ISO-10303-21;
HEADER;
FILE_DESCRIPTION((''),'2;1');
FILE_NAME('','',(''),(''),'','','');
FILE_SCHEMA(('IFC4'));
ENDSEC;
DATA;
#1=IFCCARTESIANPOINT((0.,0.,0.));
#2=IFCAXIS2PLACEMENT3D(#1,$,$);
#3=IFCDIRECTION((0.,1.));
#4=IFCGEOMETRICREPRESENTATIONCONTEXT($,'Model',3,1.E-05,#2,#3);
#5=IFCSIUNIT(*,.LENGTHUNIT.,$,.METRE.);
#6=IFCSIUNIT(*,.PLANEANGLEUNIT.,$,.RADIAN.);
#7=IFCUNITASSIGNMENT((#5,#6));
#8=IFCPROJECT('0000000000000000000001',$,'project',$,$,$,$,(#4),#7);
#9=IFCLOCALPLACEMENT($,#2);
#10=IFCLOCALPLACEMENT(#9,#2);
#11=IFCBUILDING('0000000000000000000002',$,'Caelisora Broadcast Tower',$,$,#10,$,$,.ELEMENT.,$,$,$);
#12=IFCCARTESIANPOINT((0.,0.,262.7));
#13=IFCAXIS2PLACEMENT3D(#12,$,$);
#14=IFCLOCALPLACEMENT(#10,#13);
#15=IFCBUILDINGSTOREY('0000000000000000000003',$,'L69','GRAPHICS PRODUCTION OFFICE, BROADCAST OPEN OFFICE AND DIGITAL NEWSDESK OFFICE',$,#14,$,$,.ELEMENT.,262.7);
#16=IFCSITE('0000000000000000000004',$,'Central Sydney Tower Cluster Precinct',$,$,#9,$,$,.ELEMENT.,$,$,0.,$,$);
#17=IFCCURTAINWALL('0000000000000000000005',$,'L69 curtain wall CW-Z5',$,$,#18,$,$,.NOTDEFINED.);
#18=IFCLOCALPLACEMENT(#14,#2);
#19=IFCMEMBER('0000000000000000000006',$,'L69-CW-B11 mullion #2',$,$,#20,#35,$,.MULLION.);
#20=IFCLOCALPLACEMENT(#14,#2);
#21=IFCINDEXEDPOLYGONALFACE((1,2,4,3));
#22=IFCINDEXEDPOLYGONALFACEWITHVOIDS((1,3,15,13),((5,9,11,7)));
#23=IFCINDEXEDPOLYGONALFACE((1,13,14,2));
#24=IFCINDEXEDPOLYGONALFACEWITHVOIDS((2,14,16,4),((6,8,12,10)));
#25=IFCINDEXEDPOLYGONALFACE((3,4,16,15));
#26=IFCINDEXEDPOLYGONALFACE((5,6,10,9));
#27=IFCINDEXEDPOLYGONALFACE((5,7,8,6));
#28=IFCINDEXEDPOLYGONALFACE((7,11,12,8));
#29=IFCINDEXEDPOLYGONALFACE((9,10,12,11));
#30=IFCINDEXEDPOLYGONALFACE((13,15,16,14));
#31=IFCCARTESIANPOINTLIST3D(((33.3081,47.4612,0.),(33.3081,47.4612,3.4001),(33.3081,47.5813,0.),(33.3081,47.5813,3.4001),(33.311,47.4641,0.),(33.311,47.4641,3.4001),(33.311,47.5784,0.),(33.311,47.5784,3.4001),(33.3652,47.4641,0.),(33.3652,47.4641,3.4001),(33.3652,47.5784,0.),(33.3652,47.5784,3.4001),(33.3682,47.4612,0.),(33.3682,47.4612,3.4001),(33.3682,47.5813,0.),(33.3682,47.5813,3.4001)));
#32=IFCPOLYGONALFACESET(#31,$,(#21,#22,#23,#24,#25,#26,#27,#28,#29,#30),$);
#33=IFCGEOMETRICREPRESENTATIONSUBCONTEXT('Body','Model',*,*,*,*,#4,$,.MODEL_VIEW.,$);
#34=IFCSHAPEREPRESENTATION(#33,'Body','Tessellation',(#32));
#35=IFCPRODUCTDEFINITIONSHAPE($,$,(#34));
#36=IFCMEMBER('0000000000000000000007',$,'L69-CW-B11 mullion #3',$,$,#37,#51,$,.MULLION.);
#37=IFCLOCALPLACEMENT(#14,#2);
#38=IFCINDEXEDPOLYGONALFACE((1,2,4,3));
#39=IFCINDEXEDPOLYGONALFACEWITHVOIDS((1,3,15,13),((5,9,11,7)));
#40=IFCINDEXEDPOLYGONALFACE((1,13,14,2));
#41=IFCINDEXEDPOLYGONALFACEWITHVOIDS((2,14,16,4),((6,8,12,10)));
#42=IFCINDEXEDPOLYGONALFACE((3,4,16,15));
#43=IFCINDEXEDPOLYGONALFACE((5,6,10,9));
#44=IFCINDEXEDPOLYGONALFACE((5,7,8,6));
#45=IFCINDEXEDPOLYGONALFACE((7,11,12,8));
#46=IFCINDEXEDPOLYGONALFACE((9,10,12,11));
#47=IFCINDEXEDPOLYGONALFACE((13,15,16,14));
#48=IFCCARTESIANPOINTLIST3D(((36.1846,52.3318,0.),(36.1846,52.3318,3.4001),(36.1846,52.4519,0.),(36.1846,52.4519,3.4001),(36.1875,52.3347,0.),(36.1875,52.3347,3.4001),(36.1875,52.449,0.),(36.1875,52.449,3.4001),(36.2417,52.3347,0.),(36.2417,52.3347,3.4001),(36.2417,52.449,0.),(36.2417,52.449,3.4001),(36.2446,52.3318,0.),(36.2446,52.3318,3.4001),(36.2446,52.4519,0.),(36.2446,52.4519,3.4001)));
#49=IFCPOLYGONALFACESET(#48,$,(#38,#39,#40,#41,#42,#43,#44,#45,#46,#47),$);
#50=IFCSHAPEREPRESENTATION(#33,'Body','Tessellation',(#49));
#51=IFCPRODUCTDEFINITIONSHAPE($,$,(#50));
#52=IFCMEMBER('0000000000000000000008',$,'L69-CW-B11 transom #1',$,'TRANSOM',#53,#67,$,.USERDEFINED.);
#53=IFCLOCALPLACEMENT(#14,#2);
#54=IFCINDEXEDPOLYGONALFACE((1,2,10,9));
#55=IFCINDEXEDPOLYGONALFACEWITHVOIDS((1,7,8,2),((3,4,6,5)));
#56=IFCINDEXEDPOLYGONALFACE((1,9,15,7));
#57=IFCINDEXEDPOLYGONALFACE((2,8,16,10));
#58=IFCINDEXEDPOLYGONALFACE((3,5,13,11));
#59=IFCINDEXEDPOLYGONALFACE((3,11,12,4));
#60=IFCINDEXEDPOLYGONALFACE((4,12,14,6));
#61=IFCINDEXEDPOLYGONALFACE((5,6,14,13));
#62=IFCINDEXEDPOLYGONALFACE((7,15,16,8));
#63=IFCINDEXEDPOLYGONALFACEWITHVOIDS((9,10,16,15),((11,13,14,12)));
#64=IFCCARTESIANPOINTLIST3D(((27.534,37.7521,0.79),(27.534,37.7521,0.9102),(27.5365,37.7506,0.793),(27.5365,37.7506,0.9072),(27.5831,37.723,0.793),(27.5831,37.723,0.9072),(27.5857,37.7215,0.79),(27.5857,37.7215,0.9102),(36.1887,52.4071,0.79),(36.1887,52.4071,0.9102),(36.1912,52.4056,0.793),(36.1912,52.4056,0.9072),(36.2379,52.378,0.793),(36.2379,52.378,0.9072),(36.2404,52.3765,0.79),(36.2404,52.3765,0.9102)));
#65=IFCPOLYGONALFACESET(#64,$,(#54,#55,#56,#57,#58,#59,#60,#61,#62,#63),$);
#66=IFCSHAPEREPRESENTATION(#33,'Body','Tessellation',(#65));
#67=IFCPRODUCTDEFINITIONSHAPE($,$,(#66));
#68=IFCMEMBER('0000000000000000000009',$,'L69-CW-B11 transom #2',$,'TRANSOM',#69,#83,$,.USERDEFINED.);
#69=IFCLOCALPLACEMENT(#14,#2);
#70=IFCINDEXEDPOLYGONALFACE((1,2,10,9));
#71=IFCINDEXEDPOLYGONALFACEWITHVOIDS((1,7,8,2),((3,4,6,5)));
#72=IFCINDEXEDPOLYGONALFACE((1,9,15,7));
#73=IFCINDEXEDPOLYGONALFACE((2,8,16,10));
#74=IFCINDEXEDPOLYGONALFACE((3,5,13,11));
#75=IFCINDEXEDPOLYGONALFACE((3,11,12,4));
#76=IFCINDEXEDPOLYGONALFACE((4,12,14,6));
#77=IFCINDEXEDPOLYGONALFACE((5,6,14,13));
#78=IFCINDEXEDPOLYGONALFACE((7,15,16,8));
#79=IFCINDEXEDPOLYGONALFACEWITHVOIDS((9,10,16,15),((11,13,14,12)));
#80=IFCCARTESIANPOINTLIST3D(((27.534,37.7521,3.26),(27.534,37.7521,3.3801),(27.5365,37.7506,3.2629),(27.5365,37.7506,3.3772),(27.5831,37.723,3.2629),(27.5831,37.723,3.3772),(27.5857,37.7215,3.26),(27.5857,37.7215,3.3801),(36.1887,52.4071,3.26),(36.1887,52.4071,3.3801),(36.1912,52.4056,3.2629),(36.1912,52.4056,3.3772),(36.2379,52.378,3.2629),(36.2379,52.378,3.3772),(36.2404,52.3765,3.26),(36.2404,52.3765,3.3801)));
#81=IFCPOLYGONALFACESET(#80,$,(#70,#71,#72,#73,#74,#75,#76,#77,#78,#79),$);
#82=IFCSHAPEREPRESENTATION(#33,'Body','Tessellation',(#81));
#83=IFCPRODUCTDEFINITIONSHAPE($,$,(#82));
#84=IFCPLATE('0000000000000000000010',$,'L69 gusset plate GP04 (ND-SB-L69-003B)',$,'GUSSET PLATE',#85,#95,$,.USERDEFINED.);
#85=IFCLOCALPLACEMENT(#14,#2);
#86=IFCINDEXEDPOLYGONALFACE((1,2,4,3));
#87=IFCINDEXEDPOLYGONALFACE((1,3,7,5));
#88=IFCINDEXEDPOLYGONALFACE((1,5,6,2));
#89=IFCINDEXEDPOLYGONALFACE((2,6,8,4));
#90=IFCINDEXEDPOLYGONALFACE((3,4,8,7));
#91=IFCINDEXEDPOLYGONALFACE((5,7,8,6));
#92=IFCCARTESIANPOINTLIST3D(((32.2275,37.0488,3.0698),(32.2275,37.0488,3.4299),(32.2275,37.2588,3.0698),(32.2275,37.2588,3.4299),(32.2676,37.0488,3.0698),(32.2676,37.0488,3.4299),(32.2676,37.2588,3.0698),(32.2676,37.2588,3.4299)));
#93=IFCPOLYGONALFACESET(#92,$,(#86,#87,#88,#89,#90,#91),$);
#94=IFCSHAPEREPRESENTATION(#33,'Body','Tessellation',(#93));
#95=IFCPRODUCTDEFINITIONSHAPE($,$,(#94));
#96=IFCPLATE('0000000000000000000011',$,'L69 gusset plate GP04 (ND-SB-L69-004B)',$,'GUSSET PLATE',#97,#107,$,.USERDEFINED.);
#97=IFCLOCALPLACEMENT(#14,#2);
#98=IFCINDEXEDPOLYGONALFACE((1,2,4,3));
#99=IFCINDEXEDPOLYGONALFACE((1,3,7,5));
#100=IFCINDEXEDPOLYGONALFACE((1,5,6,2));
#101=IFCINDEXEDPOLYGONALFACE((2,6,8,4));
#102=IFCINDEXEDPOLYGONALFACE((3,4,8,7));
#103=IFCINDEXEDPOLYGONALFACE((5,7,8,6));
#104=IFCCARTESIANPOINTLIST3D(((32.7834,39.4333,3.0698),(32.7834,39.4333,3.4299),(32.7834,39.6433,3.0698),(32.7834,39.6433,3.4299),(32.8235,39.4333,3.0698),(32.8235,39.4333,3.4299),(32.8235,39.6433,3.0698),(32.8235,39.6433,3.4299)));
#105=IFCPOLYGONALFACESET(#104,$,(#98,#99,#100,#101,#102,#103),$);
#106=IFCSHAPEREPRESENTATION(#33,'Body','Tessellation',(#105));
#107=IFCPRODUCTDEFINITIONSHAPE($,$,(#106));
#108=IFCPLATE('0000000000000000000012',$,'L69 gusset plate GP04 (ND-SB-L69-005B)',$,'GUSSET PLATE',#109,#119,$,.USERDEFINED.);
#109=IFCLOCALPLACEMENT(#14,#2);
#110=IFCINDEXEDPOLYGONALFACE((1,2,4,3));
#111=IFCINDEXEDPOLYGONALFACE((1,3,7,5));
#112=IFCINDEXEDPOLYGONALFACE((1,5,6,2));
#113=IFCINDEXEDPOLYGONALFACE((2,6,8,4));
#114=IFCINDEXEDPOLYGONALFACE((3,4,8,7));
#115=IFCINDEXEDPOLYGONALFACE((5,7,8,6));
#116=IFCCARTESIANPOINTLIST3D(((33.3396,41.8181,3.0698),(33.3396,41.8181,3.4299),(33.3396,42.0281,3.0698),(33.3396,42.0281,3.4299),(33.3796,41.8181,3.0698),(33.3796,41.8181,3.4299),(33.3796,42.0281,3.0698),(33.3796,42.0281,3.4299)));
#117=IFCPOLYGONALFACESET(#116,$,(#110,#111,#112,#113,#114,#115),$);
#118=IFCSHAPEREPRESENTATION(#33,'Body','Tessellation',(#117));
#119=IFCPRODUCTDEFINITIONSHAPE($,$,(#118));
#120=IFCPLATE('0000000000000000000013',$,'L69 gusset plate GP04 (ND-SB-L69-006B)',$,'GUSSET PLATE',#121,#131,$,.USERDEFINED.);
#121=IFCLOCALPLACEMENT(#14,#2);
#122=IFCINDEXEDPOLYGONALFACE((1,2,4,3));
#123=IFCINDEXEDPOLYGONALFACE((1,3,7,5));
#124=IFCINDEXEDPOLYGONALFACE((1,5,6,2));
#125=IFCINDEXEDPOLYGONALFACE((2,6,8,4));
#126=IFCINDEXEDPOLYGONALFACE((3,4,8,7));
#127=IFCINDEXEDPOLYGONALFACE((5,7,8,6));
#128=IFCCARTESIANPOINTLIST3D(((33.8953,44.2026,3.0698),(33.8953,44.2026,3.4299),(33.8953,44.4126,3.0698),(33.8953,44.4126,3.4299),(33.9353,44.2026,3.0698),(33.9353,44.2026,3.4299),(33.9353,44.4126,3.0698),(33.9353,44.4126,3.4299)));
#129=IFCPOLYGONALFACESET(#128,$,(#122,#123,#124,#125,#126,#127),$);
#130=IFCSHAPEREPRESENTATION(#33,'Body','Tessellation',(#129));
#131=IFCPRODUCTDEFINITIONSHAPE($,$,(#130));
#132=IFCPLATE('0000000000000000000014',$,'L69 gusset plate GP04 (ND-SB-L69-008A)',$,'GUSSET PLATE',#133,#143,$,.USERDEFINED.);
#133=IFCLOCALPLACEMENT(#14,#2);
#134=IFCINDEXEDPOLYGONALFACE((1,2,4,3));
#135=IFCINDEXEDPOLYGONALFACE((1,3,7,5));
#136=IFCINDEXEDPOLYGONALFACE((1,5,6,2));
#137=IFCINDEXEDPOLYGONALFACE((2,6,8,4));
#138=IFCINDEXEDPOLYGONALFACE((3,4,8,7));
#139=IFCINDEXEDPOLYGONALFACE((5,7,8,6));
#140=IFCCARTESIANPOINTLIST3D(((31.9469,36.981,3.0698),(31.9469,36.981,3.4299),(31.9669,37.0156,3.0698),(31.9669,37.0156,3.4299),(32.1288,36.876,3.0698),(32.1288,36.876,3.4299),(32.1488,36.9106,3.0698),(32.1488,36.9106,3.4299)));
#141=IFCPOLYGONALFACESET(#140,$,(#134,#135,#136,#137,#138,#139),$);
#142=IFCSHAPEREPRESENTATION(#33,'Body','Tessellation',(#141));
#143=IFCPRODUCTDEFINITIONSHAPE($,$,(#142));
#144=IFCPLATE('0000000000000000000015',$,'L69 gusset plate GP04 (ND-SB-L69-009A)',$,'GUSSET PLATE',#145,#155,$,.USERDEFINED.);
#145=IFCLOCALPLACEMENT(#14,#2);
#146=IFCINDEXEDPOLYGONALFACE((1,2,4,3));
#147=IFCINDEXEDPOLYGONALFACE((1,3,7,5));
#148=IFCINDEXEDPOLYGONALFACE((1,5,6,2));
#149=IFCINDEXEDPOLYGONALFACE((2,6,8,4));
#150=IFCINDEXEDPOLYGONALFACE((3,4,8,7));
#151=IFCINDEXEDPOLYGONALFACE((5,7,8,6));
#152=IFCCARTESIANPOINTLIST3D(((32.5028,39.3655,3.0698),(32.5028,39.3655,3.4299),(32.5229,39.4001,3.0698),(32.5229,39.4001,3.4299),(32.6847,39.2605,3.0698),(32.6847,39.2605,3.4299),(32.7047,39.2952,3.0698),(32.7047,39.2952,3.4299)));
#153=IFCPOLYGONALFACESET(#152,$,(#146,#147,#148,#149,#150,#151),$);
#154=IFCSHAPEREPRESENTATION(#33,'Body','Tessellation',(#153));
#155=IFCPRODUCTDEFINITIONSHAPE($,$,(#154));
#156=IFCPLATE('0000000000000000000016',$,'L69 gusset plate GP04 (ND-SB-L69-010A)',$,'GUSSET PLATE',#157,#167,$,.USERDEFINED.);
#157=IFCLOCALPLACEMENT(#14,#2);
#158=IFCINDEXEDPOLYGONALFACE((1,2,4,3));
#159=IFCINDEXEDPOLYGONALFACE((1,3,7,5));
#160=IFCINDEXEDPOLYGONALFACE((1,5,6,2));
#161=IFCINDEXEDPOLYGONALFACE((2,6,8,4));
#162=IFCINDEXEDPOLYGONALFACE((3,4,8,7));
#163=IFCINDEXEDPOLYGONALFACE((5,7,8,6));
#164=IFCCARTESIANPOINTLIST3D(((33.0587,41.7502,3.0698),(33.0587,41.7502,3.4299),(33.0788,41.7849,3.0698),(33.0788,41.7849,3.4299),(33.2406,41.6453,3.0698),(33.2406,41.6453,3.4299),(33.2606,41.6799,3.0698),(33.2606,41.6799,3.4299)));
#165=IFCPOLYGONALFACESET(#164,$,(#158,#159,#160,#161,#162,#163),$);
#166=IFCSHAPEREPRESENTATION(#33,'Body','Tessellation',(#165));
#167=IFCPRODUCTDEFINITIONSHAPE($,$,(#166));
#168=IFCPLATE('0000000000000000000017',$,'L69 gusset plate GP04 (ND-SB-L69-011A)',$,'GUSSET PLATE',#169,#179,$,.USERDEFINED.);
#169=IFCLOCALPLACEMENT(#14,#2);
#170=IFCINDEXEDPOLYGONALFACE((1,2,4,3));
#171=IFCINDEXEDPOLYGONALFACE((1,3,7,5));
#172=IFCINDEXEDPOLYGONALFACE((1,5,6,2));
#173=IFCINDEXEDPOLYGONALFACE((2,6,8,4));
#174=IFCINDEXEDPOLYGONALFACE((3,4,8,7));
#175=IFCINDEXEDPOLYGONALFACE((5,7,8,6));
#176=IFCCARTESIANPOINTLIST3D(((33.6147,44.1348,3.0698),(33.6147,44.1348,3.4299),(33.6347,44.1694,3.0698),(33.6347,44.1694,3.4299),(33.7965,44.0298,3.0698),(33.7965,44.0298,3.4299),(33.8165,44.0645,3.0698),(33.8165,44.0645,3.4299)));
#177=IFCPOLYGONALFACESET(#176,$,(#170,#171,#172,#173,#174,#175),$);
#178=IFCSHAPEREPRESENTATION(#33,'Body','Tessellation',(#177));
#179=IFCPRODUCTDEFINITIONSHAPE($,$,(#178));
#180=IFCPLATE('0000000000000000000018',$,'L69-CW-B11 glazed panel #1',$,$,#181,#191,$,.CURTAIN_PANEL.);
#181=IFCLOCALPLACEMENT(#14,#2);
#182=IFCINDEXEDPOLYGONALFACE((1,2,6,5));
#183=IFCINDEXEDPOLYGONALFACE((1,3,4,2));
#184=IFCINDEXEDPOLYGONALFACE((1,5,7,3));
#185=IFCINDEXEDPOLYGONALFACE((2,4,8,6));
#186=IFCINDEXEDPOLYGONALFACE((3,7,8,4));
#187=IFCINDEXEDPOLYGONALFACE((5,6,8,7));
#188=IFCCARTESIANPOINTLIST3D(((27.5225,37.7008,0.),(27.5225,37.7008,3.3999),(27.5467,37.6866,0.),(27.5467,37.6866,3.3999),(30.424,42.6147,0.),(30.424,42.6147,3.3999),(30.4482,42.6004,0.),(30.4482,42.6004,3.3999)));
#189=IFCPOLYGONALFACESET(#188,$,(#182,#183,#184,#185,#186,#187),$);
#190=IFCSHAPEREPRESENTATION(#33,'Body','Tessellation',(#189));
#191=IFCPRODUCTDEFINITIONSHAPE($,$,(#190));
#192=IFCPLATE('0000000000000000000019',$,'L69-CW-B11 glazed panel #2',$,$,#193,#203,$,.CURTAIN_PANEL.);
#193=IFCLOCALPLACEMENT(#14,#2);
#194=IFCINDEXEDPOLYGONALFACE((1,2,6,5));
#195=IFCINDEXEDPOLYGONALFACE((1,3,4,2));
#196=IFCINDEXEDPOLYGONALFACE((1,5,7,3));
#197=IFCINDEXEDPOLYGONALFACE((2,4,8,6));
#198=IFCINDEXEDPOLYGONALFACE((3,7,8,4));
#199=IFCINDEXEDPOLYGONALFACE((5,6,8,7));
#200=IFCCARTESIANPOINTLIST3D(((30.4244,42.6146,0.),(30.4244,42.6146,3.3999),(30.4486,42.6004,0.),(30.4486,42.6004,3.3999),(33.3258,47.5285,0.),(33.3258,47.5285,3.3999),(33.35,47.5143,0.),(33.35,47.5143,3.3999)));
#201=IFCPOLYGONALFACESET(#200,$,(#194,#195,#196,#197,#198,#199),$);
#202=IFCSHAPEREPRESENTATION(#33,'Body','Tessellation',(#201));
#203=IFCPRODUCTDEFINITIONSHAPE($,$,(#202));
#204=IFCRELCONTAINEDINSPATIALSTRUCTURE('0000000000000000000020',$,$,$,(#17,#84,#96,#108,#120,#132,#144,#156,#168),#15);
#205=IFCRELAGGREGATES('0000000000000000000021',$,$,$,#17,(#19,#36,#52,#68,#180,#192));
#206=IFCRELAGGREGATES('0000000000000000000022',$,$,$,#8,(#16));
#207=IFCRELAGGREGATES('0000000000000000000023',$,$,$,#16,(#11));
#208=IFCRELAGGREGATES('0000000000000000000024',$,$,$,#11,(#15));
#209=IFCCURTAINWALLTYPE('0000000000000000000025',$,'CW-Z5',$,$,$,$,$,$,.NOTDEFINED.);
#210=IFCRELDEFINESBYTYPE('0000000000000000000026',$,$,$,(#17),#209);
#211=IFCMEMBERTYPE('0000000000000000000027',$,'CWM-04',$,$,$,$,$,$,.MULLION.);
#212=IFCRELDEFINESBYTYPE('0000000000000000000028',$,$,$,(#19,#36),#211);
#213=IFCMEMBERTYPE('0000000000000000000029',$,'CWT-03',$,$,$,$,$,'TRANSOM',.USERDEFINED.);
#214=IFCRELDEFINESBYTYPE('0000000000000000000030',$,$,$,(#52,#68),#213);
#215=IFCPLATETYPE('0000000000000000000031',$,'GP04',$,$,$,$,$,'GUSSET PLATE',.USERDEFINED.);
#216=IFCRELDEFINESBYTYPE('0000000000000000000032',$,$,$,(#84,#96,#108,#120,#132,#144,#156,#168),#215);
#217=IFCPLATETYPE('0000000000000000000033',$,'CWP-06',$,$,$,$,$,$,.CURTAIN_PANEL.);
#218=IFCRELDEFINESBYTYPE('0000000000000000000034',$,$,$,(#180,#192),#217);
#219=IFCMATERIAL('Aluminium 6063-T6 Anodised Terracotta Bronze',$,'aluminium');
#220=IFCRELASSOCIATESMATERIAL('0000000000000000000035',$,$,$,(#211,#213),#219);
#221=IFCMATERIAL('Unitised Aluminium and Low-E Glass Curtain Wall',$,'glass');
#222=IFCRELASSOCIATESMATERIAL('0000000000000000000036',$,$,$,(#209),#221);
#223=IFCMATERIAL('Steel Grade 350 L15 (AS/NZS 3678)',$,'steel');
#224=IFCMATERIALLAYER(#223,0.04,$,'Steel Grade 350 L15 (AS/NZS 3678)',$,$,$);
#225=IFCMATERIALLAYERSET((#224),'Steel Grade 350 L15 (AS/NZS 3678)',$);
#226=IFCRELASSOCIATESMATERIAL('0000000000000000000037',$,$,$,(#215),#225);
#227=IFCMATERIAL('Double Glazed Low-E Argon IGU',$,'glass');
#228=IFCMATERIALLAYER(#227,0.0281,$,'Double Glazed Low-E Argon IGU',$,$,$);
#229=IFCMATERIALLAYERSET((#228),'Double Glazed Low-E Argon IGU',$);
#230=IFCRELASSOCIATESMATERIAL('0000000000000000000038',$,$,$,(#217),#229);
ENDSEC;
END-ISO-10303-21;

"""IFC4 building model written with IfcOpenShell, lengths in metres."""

from ifc_helpers import new_model, si_unit, direction, frame, origin, origin_2d, place, context, subcontext, project, spatial, rectangle, hollow_rectangle, extrude, source, transform, mapped, material, layer, layer_set, material_profile, profile_set, type_object, type_shapes, element, aggregate, save


model = new_model("IFC4")

# Units and contexts
model_context = context("Model", 3, precision=1e-05, world=origin(), true_north=direction((0.0, 1.0)))
body_context = subcontext(model_context, "Body", "Model", "MODEL_VIEW")
ifc_project = project(units=[si_unit("LENGTHUNIT", "METRE"), si_unit("PLANEANGLEUNIT", "RADIAN")], contexts=[model_context])

# Site, building, storey
site_placement = place(None, origin())
site = spatial("IfcSite", under=ifc_project, at=site_placement, Name="Central Sydney Tower Cluster Precinct", CompositionType="ELEMENT", RefElevation=0.0)
building_placement = place(site_placement, origin())
building = spatial("IfcBuilding", under=site, at=building_placement, Name="Caelisora Broadcast Tower", CompositionType="ELEMENT")
storey_placement = place(building_placement, frame((0.0, 0.0, 262.7)))
storey = spatial("IfcBuildingStorey", under=building, at=storey_placement, Name="L69", Description="GRAPHICS PRODUCTION OFFICE, BROADCAST OPEN OFFICE AND DIGITAL NEWSDESK OFFICE", CompositionType="ELEMENT", Elevation=262.7)

# Shared definitions
ifc_material_1 = material(Name="Steel Grade 350 L15 (AS/NZS 3678)", Category="steel")

# Shared definitions
ifc_material_2 = material(Name="Aluminium 6063-T6 Anodised Terracotta Bronze", Category="aluminium")
ifc_material_profile_1 = material_profile(ifc_material_2, hollow_rectangle(XDim=0.0601, YDim=0.1201, WallThickness=0.0029, at=origin_2d()), Name="Aluminium 6063-T6 Anodised Terracotta Bronze")
ifc_profile_set_1 = profile_set([ifc_material_profile_1], Name="Aluminium 6063-T6 Anodised Terracotta Bronze")
member_type_1 = type_object("IfcMemberType", Name="CWM-04", PredefinedType="MULLION", material=ifc_profile_set_1)
shared_shape_1 = source(origin(), body_context, "Body", "SweptSolid", [
    extrude(hollow_rectangle(XDim=0.0601, YDim=0.1201, WallThickness=0.0029, at=origin_2d()), origin(), (0.0, 0.0, 1.0), 3.4001),
])
type_shapes(member_type_1, [shared_shape_1])

# Curtain wall, members
ifc_material_3 = material(Name="Unitised Aluminium and Low-E Glass Curtain Wall", Category="glass")
curtain_wall_type_1 = type_object("IfcCurtainWallType", Name="CW-Z5", PredefinedType="NOTDEFINED", material=ifc_material_3)
curtain_wall_1_placement = place(storey_placement, origin())
curtain_wall_1 = element("IfcCurtainWall", 1, at=curtain_wall_1_placement, inside=storey, type_object=curtain_wall_type_1, Name="L69 curtain wall CW-Z5", PredefinedType="NOTDEFINED")
member_1_placement = place(storey_placement, frame((33.3381, 47.5212, 0.0), z_axis=(0.0, 0.0, 1.0), x_axis=(1.0, 0.0, 0.0)))
member_1 = element("IfcMember", 2, at=member_1_placement, type_object=member_type_1, Name="L69-CW-B11 mullion #2", PredefinedType="MULLION", context=body_context, shape_type="MappedRepresentation", body=[
    mapped(shared_shape_1, transform((0.0, 0.0, 0.0), scale=1.0)),
])
member_2_placement = place(storey_placement, frame((36.2146, 52.3918, 0.0), z_axis=(0.0, 0.0, 1.0), x_axis=(1.0, 0.0, 0.0)))
member_2 = element("IfcMember", 3, at=member_2_placement, type_object=member_type_1, Name="L69-CW-B11 mullion #3", PredefinedType="MULLION", context=body_context, shape_type="MappedRepresentation", body=[
    mapped(shared_shape_1, transform((0.0, 0.0, 0.0), scale=1.0)),
])
ifc_material_profile_2 = material_profile(ifc_material_2, hollow_rectangle(XDim=0.0601, YDim=0.1201, WallThickness=0.0029, at=origin_2d()), Name="Aluminium 6063-T6 Anodised Terracotta Bronze")
ifc_profile_set_2 = profile_set([ifc_material_profile_2], Name="Aluminium 6063-T6 Anodised Terracotta Bronze")
member_type_2 = type_object("IfcMemberType", Name="CWT-03", ElementType="TRANSOM", PredefinedType="USERDEFINED", material=ifc_profile_set_2)
shared_shape_2 = source(origin(), body_context, "Body", "SweptSolid", [
    extrude(hollow_rectangle(XDim=0.0601, YDim=0.1201, WallThickness=0.0029, at=origin_2d()), origin(), (0.0, 0.0, 1.0), 17.0198),
])
type_shapes(member_type_2, [shared_shape_2])
member_3_placement = place(storey_placement, frame((27.5598, 37.7368, 0.8501), z_axis=(0.508511, 0.861055, 0.0), x_axis=(-0.861055, 0.508511, 0.0)))
member_3 = element("IfcMember", 4, at=member_3_placement, type_object=member_type_2, Name="L69-CW-B11 transom #1", ObjectType="TRANSOM", PredefinedType="USERDEFINED", context=body_context, shape_type="MappedRepresentation", body=[
    mapped(shared_shape_2, transform((0.0, 0.0, 0.0), scale=1.0)),
])
member_4_placement = place(storey_placement, frame((27.5598, 37.7368, 3.3201), z_axis=(0.508511, 0.861055, 0.0), x_axis=(-0.861055, 0.508511, 0.0)))
member_4 = element("IfcMember", 5, at=member_4_placement, type_object=member_type_2, Name="L69-CW-B11 transom #2", ObjectType="TRANSOM", PredefinedType="USERDEFINED", context=body_context, shape_type="MappedRepresentation", body=[
    mapped(shared_shape_2, transform((0.0, 0.0, 0.0), scale=1.0)),
])

# Plates
ifc_layer_1 = layer(ifc_material_1, 0.04, Name="Steel Grade 350 L15 (AS/NZS 3678)")
ifc_layer_set_1 = layer_set([ifc_layer_1], Name="Steel Grade 350 L15 (AS/NZS 3678)")
plate_type_1 = type_object("IfcPlateType", Name="GP04", ElementType="GUSSET PLATE", PredefinedType="USERDEFINED", material=ifc_layer_set_1)
shared_shape_3 = source(origin(), body_context, "Body", "SweptSolid", [
    extrude(rectangle(XDim=0.21, YDim=0.04, at=origin_2d()), origin(), (0.0, 0.0, 1.0), 0.3601),
])
type_shapes(plate_type_1, [shared_shape_3])
for number, where, z_axis, x_axis, name in (
    (6, (32.2476, 37.1538, 3.0698), (0.0, 0.0, 1.0), (0.0, -1.0, 0.0), "L69 gusset plate GP04 (ND-SB-L69-003B)"),
    (7, (32.8035, 39.5383, 3.0698), (0.0, 0.0, 1.0), (0.0, -1.0, 0.0), "L69 gusset plate GP04 (ND-SB-L69-004B)"),
    (8, (33.3596, 41.9231, 3.0698), (0.0, 0.0, 1.0), (0.0, -1.0, 0.0), "L69 gusset plate GP04 (ND-SB-L69-005B)"),
    (9, (33.9153, 44.3076, 3.0698), (0.0, 0.0, 1.0), (0.0, -1.0, 0.0), "L69 gusset plate GP04 (ND-SB-L69-006B)"),
    (10, (32.0479, 36.9458, 3.0698), (0.0, 0.0, 1.0), (0.866025, -0.5, 0.0), "L69 gusset plate GP04 (ND-SB-L69-008A)"),
    (11, (32.6038, 39.3303, 3.0698), (0.0, 0.0, 1.0), (0.866025, -0.5, 0.0), "L69 gusset plate GP04 (ND-SB-L69-009A)"),
    (12, (33.1597, 41.7151, 3.0698), (0.0, 0.0, 1.0), (0.866025, -0.5, 0.0), "L69 gusset plate GP04 (ND-SB-L69-010A)"),
    (13, (33.7156, 44.0996, 3.0698), (0.0, 0.0, 1.0), (0.866025, -0.5, 0.0), "L69 gusset plate GP04 (ND-SB-L69-011A)"),
):
    element("IfcPlate", number, at=place(storey_placement, frame(where, z_axis=z_axis, x_axis=x_axis)), inside=storey, type_object=plate_type_1, Name=name, ObjectType="GUSSET PLATE", PredefinedType="USERDEFINED", context=body_context, shape_type="MappedRepresentation", body=[
        mapped(shared_shape_3, transform((0.0, 0.0, 0.0), scale=1.0)),
    ])

# Plates
ifc_material_4 = material(Name="Double Glazed Low-E Argon IGU", Category="glass")
ifc_layer_2 = layer(ifc_material_4, 0.0281, Name="Double Glazed Low-E Argon IGU")
ifc_layer_set_2 = layer_set([ifc_layer_2], Name="Double Glazed Low-E Argon IGU")
plate_type_2 = type_object("IfcPlateType", Name="CWP-06", PredefinedType="CURTAIN_PANEL", material=ifc_layer_set_2)
shared_shape_4 = source(origin(), body_context, "Body", "SweptSolid", [
    extrude(rectangle(XDim=5.7065, YDim=0.0281, at=origin_2d()), origin(), (0.0, 0.0, 1.0), 3.3999),
])
type_shapes(plate_type_2, [shared_shape_4])
plate_1_placement = place(storey_placement, frame((28.9854, 40.1506, 0.0), z_axis=(0.0, 0.0, 1.0), x_axis=(0.50844, 0.861097, 0.0)))
plate_1 = element("IfcPlate", 14, at=plate_1_placement, type_object=plate_type_2, Name="L69-CW-B11 glazed panel #1", PredefinedType="CURTAIN_PANEL", context=body_context, shape_type="MappedRepresentation", body=[
    mapped(shared_shape_4, transform((0.0, 0.0, 0.0), scale=1.0)),
])
plate_2_placement = place(storey_placement, frame((31.8872, 45.0645, 0.0), z_axis=(0.0, 0.0, 1.0), x_axis=(0.50844, 0.861097, 0.0)))
plate_2 = element("IfcPlate", 15, at=plate_2_placement, type_object=plate_type_2, Name="L69-CW-B11 glazed panel #2", PredefinedType="CURTAIN_PANEL", context=body_context, shape_type="MappedRepresentation", body=[
    mapped(shared_shape_4, transform((0.0, 0.0, 0.0), scale=1.0)),
])
aggregate(curtain_wall_1, [member_1, member_2, member_3, member_4, plate_1, plate_2])

save(model, "model.ifc")
